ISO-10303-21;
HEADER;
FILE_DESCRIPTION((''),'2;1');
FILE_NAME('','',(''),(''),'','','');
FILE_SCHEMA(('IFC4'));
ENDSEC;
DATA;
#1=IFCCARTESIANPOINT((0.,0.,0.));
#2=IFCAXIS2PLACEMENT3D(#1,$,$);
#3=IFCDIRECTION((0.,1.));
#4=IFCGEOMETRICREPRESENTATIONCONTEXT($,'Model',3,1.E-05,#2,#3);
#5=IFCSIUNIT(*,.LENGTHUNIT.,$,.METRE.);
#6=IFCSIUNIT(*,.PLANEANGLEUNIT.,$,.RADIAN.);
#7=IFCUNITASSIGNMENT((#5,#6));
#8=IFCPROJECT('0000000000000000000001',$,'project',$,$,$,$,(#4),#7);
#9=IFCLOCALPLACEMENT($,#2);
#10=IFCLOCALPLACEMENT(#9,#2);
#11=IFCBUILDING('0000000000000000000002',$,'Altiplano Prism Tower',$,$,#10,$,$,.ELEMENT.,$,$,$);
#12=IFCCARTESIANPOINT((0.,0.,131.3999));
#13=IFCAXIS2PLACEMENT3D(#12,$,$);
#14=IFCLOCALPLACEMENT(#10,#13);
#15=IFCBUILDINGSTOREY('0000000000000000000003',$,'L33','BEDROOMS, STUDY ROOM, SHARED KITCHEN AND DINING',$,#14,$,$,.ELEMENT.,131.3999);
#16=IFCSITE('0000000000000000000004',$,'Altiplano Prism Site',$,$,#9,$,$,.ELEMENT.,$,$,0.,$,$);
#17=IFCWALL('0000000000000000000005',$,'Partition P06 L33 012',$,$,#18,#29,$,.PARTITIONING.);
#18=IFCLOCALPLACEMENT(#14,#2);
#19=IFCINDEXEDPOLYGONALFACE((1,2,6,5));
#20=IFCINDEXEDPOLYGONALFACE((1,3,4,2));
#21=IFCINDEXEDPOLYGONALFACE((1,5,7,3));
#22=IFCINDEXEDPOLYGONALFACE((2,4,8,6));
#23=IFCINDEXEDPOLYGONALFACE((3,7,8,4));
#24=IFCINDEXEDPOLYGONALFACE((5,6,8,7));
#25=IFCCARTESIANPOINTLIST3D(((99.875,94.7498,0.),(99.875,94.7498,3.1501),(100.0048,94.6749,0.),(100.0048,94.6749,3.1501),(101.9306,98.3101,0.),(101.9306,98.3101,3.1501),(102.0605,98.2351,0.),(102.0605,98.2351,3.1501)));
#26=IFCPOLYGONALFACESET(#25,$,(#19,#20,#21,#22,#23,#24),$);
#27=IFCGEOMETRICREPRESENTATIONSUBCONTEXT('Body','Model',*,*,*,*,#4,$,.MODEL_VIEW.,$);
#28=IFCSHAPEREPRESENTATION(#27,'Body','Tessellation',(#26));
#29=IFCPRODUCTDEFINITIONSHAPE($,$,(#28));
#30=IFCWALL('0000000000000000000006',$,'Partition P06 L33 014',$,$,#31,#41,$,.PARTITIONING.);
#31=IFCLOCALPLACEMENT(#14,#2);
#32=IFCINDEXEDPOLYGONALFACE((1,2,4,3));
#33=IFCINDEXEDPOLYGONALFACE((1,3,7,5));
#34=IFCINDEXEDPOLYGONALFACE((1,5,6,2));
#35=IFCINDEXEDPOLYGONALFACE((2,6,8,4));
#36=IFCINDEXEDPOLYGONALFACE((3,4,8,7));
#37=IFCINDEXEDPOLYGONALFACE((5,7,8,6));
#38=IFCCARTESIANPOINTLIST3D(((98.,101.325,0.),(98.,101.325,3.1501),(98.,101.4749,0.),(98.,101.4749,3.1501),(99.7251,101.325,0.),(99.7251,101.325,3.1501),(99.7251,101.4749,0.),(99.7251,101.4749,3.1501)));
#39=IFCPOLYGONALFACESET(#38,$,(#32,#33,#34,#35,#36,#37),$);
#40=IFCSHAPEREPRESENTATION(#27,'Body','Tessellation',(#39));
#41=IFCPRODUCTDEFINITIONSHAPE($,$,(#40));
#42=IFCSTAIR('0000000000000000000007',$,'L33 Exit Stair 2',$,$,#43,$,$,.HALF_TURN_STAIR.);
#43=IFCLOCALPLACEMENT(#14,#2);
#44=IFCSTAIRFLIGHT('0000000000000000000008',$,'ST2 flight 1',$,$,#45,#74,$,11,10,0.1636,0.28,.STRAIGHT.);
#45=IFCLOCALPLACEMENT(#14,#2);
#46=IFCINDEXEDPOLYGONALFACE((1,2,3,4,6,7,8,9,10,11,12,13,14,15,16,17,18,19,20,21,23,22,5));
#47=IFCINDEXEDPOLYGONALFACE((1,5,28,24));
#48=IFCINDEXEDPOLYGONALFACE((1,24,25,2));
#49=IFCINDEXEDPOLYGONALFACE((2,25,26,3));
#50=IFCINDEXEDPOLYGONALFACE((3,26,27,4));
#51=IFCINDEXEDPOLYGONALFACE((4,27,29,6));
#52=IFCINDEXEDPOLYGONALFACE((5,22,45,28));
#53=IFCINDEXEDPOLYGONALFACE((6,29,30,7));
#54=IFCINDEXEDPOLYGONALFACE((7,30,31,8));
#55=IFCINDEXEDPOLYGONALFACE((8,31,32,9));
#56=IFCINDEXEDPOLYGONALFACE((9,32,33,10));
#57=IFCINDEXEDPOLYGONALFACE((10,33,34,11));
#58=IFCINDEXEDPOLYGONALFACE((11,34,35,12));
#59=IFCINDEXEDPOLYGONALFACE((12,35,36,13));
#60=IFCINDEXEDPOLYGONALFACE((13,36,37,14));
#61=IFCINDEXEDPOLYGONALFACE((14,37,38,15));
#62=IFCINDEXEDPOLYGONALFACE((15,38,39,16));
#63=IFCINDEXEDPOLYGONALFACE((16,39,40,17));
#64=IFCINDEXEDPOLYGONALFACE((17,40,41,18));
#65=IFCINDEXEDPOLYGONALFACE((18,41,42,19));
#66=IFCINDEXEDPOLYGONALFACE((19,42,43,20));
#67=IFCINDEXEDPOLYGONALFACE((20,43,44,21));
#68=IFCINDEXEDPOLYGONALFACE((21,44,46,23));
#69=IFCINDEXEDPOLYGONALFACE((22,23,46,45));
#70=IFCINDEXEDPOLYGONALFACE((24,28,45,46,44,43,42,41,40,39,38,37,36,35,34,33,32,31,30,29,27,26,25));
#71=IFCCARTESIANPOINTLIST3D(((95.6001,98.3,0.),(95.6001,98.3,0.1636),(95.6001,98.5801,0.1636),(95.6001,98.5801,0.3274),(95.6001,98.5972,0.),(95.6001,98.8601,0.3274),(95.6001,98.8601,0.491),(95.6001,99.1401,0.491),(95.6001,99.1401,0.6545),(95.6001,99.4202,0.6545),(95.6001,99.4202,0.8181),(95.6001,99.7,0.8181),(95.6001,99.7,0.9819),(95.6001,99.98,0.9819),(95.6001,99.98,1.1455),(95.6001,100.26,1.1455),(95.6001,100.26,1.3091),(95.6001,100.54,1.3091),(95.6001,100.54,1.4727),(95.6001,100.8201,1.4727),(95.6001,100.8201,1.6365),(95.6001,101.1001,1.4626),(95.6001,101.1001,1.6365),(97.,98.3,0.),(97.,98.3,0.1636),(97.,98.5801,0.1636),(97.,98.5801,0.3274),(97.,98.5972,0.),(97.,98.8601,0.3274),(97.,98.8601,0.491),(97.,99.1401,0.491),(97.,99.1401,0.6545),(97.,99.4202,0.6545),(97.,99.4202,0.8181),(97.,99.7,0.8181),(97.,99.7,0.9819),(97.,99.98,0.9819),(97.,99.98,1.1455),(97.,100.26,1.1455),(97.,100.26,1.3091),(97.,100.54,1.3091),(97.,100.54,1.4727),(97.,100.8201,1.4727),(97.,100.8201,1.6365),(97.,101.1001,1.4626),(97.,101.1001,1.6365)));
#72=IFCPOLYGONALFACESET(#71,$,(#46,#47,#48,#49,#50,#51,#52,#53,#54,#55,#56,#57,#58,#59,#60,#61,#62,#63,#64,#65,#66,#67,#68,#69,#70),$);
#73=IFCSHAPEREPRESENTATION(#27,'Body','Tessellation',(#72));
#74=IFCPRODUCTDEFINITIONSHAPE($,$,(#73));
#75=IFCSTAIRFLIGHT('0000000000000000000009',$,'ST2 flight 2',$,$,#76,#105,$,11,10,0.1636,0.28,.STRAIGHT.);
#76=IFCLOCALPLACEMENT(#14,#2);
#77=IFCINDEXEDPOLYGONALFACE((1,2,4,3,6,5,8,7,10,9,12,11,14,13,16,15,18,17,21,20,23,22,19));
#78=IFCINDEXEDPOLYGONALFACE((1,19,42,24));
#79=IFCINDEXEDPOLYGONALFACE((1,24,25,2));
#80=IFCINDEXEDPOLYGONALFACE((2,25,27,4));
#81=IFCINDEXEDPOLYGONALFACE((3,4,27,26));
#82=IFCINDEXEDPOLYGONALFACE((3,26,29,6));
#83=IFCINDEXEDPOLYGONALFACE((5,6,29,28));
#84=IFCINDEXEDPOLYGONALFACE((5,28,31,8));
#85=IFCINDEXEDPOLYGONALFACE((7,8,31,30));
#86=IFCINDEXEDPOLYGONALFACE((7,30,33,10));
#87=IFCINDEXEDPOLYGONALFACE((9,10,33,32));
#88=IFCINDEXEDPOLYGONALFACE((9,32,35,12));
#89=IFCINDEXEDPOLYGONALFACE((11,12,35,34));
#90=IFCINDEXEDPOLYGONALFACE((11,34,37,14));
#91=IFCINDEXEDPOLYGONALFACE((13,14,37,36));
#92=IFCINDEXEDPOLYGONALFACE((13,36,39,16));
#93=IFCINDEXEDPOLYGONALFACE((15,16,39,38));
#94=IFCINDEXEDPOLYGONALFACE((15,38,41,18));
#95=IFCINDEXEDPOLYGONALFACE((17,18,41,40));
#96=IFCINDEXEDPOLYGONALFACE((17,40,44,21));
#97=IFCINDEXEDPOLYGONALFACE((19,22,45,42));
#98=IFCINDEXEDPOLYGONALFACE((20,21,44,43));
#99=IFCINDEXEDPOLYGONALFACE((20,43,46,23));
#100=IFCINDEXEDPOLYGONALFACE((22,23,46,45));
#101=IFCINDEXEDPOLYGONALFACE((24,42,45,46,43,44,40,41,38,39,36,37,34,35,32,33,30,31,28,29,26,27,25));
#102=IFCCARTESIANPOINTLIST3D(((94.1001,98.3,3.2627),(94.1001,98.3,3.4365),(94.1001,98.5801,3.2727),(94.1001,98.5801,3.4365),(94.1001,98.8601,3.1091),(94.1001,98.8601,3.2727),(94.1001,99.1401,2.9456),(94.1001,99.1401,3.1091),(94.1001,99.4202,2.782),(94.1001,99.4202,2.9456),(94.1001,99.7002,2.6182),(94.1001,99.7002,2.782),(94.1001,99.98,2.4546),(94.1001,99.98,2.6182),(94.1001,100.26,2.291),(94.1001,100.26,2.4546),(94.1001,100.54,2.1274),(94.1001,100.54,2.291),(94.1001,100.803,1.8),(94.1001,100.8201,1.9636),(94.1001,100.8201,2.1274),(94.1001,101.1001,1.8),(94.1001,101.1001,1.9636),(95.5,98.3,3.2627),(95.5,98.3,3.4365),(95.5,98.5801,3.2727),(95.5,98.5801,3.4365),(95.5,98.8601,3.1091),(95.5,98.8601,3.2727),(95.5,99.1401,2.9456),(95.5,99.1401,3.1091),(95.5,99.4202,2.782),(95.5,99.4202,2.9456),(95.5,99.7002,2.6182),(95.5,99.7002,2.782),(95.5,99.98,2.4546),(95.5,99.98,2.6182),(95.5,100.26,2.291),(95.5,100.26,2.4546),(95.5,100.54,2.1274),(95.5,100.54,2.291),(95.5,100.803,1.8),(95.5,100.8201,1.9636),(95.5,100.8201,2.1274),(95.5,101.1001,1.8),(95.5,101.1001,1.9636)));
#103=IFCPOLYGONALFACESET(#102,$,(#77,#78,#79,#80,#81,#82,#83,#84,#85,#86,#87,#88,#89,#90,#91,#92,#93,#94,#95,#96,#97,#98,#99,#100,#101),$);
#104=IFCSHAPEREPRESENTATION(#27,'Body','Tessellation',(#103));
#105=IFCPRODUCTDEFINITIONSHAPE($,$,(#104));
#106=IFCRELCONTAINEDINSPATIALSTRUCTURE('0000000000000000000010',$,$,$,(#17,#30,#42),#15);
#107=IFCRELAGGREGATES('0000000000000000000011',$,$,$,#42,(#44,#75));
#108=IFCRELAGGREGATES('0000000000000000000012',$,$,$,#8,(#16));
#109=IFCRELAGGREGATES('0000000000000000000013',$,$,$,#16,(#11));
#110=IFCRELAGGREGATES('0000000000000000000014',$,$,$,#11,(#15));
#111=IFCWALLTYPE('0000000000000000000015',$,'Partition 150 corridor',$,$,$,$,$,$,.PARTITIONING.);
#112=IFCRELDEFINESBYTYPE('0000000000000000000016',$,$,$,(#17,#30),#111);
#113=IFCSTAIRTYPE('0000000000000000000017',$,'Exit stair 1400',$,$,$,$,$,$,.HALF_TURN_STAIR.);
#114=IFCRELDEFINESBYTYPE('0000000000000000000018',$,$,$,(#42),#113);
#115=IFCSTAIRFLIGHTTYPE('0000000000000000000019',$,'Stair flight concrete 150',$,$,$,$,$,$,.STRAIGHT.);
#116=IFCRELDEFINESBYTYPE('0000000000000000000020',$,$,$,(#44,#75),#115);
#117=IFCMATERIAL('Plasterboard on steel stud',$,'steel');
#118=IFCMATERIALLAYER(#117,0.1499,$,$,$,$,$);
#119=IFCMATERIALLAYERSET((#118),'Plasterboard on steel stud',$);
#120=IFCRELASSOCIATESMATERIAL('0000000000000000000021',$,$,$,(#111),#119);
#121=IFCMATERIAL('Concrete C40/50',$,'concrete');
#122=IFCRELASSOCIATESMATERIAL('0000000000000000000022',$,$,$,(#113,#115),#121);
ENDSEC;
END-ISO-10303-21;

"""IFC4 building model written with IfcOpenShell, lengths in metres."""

from ifc_helpers import new_model, si_unit, direction, frame, frame_2d, origin, place, context, subcontext, project, spatial, polyline, rectangle, outline, extrude, material, layer, layer_set, type_object, element, aggregate, save


model = new_model("IFC4")

# Units and contexts
model_context = context("Model", 3, precision=1e-05, world=origin(), true_north=direction((0.0, 1.0)))
body_context = subcontext(model_context, "Body", "Model", "MODEL_VIEW")
ifc_project = project(units=[si_unit("LENGTHUNIT", "METRE"), si_unit("PLANEANGLEUNIT", "RADIAN")], contexts=[model_context])

# Site, building, storey
site_placement = place(None, origin())
site = spatial("IfcSite", under=ifc_project, at=site_placement, Name="Altiplano Prism Site", CompositionType="ELEMENT", RefElevation=0.0)
building_placement = place(site_placement, origin())
building = spatial("IfcBuilding", under=site, at=building_placement, Name="Altiplano Prism Tower", CompositionType="ELEMENT")
storey_placement = place(building_placement, frame((0.0, 0.0, 131.3999)))
storey = spatial("IfcBuildingStorey", under=building, at=storey_placement, Name="L33", Description="BEDROOMS, STUDY ROOM, SHARED KITCHEN AND DINING", CompositionType="ELEMENT", Elevation=131.3999)

# Walls
ifc_material_1 = material(Name="Plasterboard on steel stud", Category="steel")
ifc_layer_1 = layer(ifc_material_1, 0.1499)
ifc_layer_set_1 = layer_set([ifc_layer_1], Name="Plasterboard on steel stud")
wall_type_1 = type_object("IfcWallType", Name="Partition 150 corridor", PredefinedType="PARTITIONING", material=ifc_layer_set_1)
wall_1_placement = place(storey_placement, frame((101.9956, 98.2727, 0.0), z_axis=(0.0, 0.0, 1.0), x_axis=(-0.500022, -0.866013, 0.0)))
element("IfcWall", 1, at=wall_1_placement, inside=storey, type_object=wall_type_1, Name="Partition P06 L33 012", PredefinedType="PARTITIONING", context=body_context, shape_type="SweptSolid", body=[
    extrude(rectangle(XDim=4.1111, YDim=0.1499, at=frame_2d((2.0557, 0.0))), origin(), (0.0, 0.0, 1.0), 3.1501),
])
wall_2_placement = place(storey_placement, frame((99.7251, 101.3999, 0.0), z_axis=(0.0, 0.0, 1.0), x_axis=(-1.0, 0.0, 0.0)))
element("IfcWall", 2, at=wall_2_placement, inside=storey, type_object=wall_type_1, Name="Partition P06 L33 014", PredefinedType="PARTITIONING", context=body_context, shape_type="SweptSolid", body=[
    extrude(rectangle(XDim=1.7251, YDim=0.1499, at=frame_2d((0.8625, 0.0))), origin(), (0.0, 0.0, 1.0), 3.1501),
])

# Stair, stair flights
ifc_material_2 = material(Name="Concrete C40/50", Category="concrete")
stair_type = type_object("IfcStairType", Name="Exit stair 1400", PredefinedType="HALF_TURN_STAIR", material=ifc_material_2)
stair_placement = place(storey_placement, origin())
stair = element("IfcStair", 3, at=stair_placement, inside=storey, type_object=stair_type, Name="L33 Exit Stair 2", PredefinedType="HALF_TURN_STAIR")
stair_flight_type = type_object("IfcStairFlightType", Name="Stair flight concrete 150", PredefinedType="STRAIGHT", material=ifc_material_2)
stair_flight_1_placement = place(storey_placement, frame((96.3, 98.3, 0.0), z_axis=(0.0, 0.0, 1.0), x_axis=(0.0, 1.0, 0.0)))
stair_flight_1 = element("IfcStairFlight", 4, at=stair_flight_1_placement, type_object=stair_flight_type, Name="ST2 flight 1", NumberOfRisers=11, NumberOfTreads=10, PredefinedType="STRAIGHT", RiserHeight=0.1636, TreadLength=0.28, context=body_context, shape_type="SweptSolid", body=[
    extrude(outline(polyline([(0.0, 0.0), (0.0, 0.1636), (0.28, 0.1636), (0.28, 0.3274), (0.5601, 0.3274), (0.5601, 0.491), (0.8401, 0.491), (0.8401, 0.6545), (1.1201, 0.6545), (1.1201, 0.8181), (1.3999, 0.8181), (1.3999, 0.9819), (1.6799, 0.9819), (1.6799, 1.1455), (1.96, 1.1455), (1.96, 1.3091), (2.24, 1.3091), (2.24, 1.4727), (2.52, 1.4727), (2.52, 1.6365), (2.8, 1.6365), (2.8, 1.8), (2.8, 1.4626), (0.2971, 0.0), (0.0, 0.0)])), frame((0.0, 0.7, 0.0), z_axis=(0.0, -1.0, 0.0), x_axis=(1.0, 0.0, 0.0)), (0.0, 0.0, 1.0), 1.3999),
])
stair_flight_2_placement = place(storey_placement, frame((94.8, 101.1001, 1.8), z_axis=(0.0, 0.0, 1.0), x_axis=(0.0, -1.0, 0.0)))
stair_flight_2 = element("IfcStairFlight", 5, at=stair_flight_2_placement, type_object=stair_flight_type, Name="ST2 flight 2", NumberOfRisers=11, NumberOfTreads=10, PredefinedType="STRAIGHT", RiserHeight=0.1636, TreadLength=0.28, context=body_context, shape_type="SweptSolid", body=[
    extrude(outline(polyline([(0.0, 0.0), (0.0, 0.1636), (0.28, 0.1636), (0.28, 0.3274), (0.5601, 0.3274), (0.5601, 0.491), (0.8401, 0.491), (0.8401, 0.6545), (1.1201, 0.6545), (1.1201, 0.8181), (1.3999, 0.8181), (1.3999, 0.9819), (1.6799, 0.9819), (1.6799, 1.1455), (1.96, 1.1455), (1.96, 1.3091), (2.24, 1.3091), (2.24, 1.4727), (2.52, 1.4727), (2.52, 1.6365), (2.8, 1.6365), (2.8, 1.8), (2.8, 1.4626), (0.2971, 0.0), (0.0, 0.0)])), frame((0.0, 0.7, 0.0), z_axis=(0.0, -1.0, 0.0), x_axis=(1.0, 0.0, 0.0)), (0.0, 0.0, 1.0), 1.3999),
])
aggregate(stair, [stair_flight_1, stair_flight_2])

save(model, "model.ifc")
